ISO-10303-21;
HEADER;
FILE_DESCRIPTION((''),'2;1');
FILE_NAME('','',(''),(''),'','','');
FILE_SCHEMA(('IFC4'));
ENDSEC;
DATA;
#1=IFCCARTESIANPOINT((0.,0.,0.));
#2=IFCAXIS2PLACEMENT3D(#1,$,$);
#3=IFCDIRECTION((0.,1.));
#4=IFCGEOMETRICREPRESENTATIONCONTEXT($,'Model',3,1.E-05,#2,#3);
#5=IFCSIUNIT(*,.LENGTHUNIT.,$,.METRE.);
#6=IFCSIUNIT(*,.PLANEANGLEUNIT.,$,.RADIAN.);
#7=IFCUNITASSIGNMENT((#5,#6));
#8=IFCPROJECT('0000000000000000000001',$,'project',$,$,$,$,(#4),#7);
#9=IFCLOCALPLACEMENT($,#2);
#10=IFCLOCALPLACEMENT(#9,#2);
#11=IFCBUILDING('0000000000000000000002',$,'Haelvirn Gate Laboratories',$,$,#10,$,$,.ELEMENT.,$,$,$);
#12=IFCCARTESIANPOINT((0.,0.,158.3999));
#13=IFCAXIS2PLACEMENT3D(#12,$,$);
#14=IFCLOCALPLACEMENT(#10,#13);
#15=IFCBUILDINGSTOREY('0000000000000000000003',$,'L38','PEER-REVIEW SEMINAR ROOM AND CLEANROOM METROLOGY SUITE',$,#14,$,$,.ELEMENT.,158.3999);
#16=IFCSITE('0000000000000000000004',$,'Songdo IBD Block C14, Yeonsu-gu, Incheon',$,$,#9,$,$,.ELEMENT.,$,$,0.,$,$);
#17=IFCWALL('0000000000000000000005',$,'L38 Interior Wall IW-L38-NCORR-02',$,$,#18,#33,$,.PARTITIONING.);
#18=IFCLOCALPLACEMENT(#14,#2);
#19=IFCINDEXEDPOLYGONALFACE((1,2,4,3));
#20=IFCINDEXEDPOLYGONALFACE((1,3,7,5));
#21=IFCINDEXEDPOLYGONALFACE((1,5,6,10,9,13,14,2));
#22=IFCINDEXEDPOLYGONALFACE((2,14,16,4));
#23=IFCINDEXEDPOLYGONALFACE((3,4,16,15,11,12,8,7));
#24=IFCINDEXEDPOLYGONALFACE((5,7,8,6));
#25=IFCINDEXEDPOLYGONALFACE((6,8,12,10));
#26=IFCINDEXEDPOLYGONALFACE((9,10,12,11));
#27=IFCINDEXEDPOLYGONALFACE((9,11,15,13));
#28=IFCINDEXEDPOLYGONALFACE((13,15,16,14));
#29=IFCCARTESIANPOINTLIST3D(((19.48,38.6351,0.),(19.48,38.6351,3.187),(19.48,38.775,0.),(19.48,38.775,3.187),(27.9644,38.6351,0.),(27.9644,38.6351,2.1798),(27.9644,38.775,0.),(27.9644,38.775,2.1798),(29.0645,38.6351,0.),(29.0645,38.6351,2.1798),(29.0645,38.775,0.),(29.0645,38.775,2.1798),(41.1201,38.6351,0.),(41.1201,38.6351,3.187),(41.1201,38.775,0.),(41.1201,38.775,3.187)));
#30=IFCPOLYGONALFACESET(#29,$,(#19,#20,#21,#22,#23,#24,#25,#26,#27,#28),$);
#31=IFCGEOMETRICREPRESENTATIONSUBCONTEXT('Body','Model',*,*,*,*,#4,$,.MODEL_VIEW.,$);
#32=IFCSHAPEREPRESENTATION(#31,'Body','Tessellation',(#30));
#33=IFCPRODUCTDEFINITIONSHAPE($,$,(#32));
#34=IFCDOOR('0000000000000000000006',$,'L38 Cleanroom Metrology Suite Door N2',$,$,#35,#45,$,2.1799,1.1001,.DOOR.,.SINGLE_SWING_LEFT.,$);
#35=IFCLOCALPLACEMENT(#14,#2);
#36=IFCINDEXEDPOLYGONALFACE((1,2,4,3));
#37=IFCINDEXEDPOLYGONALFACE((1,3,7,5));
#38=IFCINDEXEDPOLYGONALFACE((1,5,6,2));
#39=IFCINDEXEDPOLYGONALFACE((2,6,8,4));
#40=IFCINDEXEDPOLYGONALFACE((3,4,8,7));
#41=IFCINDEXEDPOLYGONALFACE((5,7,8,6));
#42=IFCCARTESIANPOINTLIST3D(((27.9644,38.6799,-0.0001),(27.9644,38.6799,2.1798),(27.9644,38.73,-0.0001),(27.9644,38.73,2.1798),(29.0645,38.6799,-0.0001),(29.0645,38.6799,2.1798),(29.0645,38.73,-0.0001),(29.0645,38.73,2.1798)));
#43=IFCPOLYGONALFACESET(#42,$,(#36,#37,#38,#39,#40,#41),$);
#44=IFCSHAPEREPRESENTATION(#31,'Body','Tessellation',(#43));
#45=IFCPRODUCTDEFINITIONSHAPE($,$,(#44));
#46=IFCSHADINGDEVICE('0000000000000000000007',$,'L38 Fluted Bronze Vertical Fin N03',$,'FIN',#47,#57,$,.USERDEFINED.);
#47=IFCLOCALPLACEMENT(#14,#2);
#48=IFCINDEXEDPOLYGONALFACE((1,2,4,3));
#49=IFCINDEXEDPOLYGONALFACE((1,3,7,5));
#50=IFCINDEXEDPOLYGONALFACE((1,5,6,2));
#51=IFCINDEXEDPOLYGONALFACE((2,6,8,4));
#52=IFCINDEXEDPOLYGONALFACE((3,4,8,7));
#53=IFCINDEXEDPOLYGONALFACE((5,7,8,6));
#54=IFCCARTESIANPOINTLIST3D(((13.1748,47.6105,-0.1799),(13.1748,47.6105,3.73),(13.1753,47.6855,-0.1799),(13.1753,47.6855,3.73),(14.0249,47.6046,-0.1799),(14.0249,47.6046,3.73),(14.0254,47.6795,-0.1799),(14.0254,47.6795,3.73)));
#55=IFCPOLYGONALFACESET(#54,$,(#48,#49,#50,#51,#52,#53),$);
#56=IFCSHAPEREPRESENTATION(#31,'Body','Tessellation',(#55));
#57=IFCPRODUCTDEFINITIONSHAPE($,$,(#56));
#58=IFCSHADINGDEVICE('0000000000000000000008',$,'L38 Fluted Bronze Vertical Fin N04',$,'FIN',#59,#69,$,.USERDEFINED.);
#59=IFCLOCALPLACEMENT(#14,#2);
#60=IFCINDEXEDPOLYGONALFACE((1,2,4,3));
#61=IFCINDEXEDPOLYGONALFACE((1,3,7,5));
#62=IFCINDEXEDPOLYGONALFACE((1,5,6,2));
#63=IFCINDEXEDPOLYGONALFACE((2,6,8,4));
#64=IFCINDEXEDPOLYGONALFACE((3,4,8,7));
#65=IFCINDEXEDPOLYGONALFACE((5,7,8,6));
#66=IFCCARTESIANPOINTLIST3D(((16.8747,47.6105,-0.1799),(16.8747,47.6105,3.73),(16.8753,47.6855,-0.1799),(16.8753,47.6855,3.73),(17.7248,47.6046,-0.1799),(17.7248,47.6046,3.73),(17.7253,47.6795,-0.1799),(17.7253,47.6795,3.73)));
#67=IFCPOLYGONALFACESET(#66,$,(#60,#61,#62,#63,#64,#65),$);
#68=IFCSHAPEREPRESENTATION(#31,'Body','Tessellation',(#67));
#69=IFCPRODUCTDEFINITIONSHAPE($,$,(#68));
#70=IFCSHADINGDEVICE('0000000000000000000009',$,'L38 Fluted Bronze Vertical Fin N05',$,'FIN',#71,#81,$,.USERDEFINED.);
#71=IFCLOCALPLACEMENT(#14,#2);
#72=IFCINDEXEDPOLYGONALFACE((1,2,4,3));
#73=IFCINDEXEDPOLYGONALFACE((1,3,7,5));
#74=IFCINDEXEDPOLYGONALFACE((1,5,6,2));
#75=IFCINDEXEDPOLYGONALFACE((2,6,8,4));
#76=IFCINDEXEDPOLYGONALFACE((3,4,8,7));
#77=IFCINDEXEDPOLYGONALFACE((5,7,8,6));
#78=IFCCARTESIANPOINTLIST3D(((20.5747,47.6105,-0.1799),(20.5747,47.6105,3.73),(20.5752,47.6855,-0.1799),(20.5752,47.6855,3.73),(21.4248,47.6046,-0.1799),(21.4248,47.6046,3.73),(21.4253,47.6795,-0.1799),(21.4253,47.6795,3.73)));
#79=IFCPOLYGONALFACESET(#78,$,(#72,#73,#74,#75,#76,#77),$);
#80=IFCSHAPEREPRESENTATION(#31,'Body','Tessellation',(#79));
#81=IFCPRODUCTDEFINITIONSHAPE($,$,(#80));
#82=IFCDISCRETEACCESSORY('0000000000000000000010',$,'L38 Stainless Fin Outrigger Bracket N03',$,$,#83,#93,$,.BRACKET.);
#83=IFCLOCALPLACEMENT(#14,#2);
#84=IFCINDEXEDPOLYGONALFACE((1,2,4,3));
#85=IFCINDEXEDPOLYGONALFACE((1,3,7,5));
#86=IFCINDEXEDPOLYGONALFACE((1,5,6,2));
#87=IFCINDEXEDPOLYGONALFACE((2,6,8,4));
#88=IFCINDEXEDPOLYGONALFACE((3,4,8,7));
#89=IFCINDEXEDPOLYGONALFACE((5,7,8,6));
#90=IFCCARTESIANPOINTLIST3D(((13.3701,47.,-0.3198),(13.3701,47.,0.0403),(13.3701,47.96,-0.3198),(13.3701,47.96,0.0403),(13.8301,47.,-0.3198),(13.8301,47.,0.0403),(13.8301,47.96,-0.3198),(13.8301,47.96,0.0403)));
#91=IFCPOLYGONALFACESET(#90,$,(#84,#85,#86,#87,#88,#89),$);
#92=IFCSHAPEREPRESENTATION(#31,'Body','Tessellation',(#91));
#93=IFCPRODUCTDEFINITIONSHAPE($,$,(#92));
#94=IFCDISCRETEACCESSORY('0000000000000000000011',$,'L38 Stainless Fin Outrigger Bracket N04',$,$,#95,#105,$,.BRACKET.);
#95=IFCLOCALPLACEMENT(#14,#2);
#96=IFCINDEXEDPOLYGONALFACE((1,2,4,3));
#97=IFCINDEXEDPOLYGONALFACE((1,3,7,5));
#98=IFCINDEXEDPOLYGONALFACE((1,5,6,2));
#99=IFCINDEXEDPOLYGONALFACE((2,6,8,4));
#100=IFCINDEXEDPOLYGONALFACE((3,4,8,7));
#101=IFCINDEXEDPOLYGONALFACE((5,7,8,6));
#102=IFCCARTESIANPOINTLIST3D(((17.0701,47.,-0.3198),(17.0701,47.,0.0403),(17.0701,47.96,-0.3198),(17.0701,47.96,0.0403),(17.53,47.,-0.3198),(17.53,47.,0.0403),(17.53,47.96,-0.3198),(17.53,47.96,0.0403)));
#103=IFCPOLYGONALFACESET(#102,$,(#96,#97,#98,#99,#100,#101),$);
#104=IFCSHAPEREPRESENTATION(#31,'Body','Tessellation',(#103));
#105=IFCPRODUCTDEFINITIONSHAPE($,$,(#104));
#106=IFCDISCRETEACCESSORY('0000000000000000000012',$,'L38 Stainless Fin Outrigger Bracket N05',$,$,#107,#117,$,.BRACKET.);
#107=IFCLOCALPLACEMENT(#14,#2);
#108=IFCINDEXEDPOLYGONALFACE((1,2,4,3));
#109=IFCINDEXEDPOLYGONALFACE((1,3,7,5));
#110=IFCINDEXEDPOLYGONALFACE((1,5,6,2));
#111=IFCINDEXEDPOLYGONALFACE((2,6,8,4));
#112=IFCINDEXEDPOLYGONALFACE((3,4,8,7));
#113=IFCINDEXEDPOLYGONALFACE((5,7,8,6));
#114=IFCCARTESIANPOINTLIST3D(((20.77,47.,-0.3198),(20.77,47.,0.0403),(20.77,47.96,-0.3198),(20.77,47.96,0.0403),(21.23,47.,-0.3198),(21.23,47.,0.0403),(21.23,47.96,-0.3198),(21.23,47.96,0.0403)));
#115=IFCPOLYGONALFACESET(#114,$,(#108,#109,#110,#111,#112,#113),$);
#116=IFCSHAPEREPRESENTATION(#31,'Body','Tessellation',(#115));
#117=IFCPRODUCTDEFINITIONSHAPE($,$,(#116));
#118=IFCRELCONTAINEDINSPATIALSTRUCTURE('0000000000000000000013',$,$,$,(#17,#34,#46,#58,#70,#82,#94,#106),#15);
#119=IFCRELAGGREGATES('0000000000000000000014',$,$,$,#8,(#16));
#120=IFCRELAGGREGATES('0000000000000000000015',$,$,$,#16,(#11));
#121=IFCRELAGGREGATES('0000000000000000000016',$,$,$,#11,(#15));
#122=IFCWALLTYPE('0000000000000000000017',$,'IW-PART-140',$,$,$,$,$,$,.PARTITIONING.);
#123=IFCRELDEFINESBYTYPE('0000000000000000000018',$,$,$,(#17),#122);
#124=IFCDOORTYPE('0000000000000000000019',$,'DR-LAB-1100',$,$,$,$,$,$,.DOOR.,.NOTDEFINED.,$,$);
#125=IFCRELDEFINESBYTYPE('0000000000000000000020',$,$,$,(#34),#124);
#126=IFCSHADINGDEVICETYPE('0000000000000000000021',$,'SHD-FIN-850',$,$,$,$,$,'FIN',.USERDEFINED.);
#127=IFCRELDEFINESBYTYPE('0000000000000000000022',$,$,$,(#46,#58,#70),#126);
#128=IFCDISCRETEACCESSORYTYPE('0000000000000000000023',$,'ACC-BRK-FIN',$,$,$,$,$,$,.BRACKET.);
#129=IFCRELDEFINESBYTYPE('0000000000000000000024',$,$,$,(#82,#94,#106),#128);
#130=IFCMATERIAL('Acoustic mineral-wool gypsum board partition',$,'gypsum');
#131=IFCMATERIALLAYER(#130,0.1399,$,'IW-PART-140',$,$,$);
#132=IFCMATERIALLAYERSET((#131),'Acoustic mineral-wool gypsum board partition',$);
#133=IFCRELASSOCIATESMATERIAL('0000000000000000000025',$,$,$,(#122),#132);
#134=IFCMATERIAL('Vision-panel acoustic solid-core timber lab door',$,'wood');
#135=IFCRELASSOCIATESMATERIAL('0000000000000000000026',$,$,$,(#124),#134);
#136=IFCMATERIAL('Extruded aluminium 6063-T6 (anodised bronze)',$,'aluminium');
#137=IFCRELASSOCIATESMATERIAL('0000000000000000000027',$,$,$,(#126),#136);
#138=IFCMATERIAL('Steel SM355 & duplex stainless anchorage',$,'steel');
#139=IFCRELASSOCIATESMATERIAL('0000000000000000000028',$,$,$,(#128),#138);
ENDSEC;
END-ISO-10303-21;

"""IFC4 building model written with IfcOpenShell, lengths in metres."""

from ifc_helpers import new_model, si_unit, direction, frame, frame_2d, origin, origin_2d, place, context, subcontext, project, spatial, rectangle, extrude, source, transform, mapped, material, layer, layer_set, material_profile, profile_set, type_object, type_shapes, element, fill, save


model = new_model("IFC4")

# Units and contexts
model_context = context("Model", 3, precision=1e-05, world=origin(), true_north=direction((0.0, 1.0)))
body_context = subcontext(model_context, "Body", "Model", "MODEL_VIEW")
ifc_project = project(units=[si_unit("LENGTHUNIT", "METRE"), si_unit("PLANEANGLEUNIT", "RADIAN")], contexts=[model_context])

# Site, building, storey
site_placement = place(None, origin())
site = spatial("IfcSite", under=ifc_project, at=site_placement, Name="Songdo IBD Block C14, Yeonsu-gu, Incheon", CompositionType="ELEMENT", RefElevation=0.0)
building_placement = place(site_placement, origin())
building = spatial("IfcBuilding", under=site, at=building_placement, Name="Haelvirn Gate Laboratories", CompositionType="ELEMENT")
storey_placement = place(building_placement, frame((0.0, 0.0, 158.3999)))
storey = spatial("IfcBuildingStorey", under=building, at=storey_placement, Name="L38", Description="PEER-REVIEW SEMINAR ROOM AND CLEANROOM METROLOGY SUITE", CompositionType="ELEMENT", Elevation=158.3999)

# Shared definitions
ifc_material_1 = material(Name="Extruded aluminium 6063-T6 (anodised bronze)", Category="aluminium")

# Wall, opening, door
ifc_material_2 = material(Name="Acoustic mineral-wool gypsum board partition", Category="gypsum")
ifc_layer_1 = layer(ifc_material_2, 0.1399, Name="IW-PART-140")
ifc_layer_set_1 = layer_set([ifc_layer_1], Name="Acoustic mineral-wool gypsum board partition")
wall_type_1 = type_object("IfcWallType", Name="IW-PART-140", PredefinedType="PARTITIONING", material=ifc_layer_set_1)
wall_1_placement = place(storey_placement, frame((19.48, 38.7051, 0.0), z_axis=(0.0, 0.0, 1.0), x_axis=(1.0, 0.0, 0.0)))
wall_1 = element("IfcWall", 1, at=wall_1_placement, inside=storey, type_object=wall_type_1, Name="L38 Interior Wall IW-L38-NCORR-02", PredefinedType="PARTITIONING", context=body_context, shape_type="SweptSolid", body=[
    extrude(rectangle(XDim=21.6401, YDim=0.1399, at=frame_2d((10.8201, 0.0))), origin(), (0.0, 0.0, 1.0), 3.187),
])
opening_placement = place(wall_1_placement, frame((8.4844, 0.0, 0.0)))
opening = element("IfcOpeningElement", 2, at=opening_placement, cuts=wall_1, PredefinedType="OPENING", context=body_context, shape_type="SweptSolid", body=[
    extrude(rectangle(XDim=1.1001, YDim=2.1799, at=frame_2d((0.55, 1.0898))), frame((0.0, 0.0801, 0.0), z_axis=(0.0, -1.0, 0.0), x_axis=(1.0, 0.0, 0.0)), (0.0, 0.0, 1.0), 0.1599),
])
ifc_material_3 = material(Name="Vision-panel acoustic solid-core timber lab door", Category="wood")
door_type = type_object("IfcDoorType", Name="DR-LAB-1100", OperationType="NOTDEFINED", PredefinedType="DOOR", material=ifc_material_3)
shared_shape_1 = source(origin(), body_context, "Body", "SweptSolid", [
    extrude(rectangle(XDim=1.1001, YDim=2.1799, at=frame_2d((0.55, 1.0898))), frame((0.0, 0.0249, 0.0), z_axis=(0.0, -1.0, 0.0), x_axis=(1.0, 0.0, 0.0)), (0.0, 0.0, 1.0), 0.05),
])
type_shapes(door_type, [shared_shape_1])
door_placement = place(opening_placement, origin())
door = element("IfcDoor", 3, at=door_placement, inside=storey, type_object=door_type, Name="L38 Cleanroom Metrology Suite Door N2", OperationType="SINGLE_SWING_LEFT", OverallHeight=2.1799, OverallWidth=1.1001, PredefinedType="DOOR", context=body_context, shape_type="MappedRepresentation", body=[
    mapped(shared_shape_1, transform((0.0, 0.0, 0.0), scale=1.0)),
])
fill(opening, door)

# Shading devices
ifc_material_profile_1 = material_profile(ifc_material_1, rectangle(XDim=0.075, YDim=0.8501, at=origin_2d()), Name="FIN-850x75")
ifc_profile_set_1 = profile_set([ifc_material_profile_1], Name="Extruded aluminium 6063-T6 (anodised bronze)")
shading_device_type = type_object("IfcShadingDeviceType", Name="SHD-FIN-850", ElementType="FIN", PredefinedType="USERDEFINED", material=ifc_profile_set_1)
shared_shape_2 = source(origin(), body_context, "Body", "SweptSolid", [
    extrude(rectangle(XDim=0.075, YDim=0.8501, at=origin_2d()), origin(), (0.0, 0.0, 1.0), 3.9099),
])
type_shapes(shading_device_type, [shared_shape_2])
for number, where, z_axis, x_axis, name in (
    (4, (13.6001, 47.645, -0.1799), (0.0, 0.0, 1.0), (0.006981, 0.999976, 0.0), "L38 Fluted Bronze Vertical Fin N03"),
    (5, (17.3, 47.645, -0.1799), (0.0, 0.0, 1.0), (0.006981, 0.999976, 0.0), "L38 Fluted Bronze Vertical Fin N04"),
    (6, (21.0, 47.645, -0.1799), (0.0, 0.0, 1.0), (0.006981, 0.999976, 0.0), "L38 Fluted Bronze Vertical Fin N05"),
):
    element("IfcShadingDevice", number, at=place(storey_placement, frame(where, z_axis=z_axis, x_axis=x_axis)), inside=storey, type_object=shading_device_type, Name=name, ObjectType="FIN", PredefinedType="USERDEFINED", context=body_context, shape_type="MappedRepresentation", body=[
        mapped(shared_shape_2, transform((0.0, 0.0, 0.0), scale=1.0)),
    ])

# Discrete accessories
ifc_material_4 = material(Name="Steel SM355 & duplex stainless anchorage", Category="steel")
discrete_accessory_type = type_object("IfcDiscreteAccessoryType", Name="ACC-BRK-FIN", PredefinedType="BRACKET", material=ifc_material_4)
shared_shape_3 = source(origin(), body_context, "Body", "SweptSolid", [
    extrude(rectangle(XDim=0.46, YDim=0.96, at=origin_2d()), origin(), (0.0, 0.0, 1.0), 0.3601),
])
type_shapes(discrete_accessory_type, [shared_shape_3])
for number, where, z_axis, x_axis, name in (
    (7, (13.6001, 47.48, -0.3198), (0.0, 0.0, 1.0), (1.0, 0.0, 0.0), "L38 Stainless Fin Outrigger Bracket N03"),
    (8, (17.3, 47.48, -0.3198), (0.0, 0.0, 1.0), (1.0, 0.0, 0.0), "L38 Stainless Fin Outrigger Bracket N04"),
    (9, (21.0, 47.48, -0.3198), (0.0, 0.0, 1.0), (1.0, 0.0, 0.0), "L38 Stainless Fin Outrigger Bracket N05"),
):
    element("IfcDiscreteAccessory", number, at=place(storey_placement, frame(where, z_axis=z_axis, x_axis=x_axis)), inside=storey, type_object=discrete_accessory_type, Name=name, PredefinedType="BRACKET", context=body_context, shape_type="MappedRepresentation", body=[
        mapped(shared_shape_3, transform((0.0, 0.0, 0.0), scale=1.0)),
    ])

save(model, "model.ifc")
